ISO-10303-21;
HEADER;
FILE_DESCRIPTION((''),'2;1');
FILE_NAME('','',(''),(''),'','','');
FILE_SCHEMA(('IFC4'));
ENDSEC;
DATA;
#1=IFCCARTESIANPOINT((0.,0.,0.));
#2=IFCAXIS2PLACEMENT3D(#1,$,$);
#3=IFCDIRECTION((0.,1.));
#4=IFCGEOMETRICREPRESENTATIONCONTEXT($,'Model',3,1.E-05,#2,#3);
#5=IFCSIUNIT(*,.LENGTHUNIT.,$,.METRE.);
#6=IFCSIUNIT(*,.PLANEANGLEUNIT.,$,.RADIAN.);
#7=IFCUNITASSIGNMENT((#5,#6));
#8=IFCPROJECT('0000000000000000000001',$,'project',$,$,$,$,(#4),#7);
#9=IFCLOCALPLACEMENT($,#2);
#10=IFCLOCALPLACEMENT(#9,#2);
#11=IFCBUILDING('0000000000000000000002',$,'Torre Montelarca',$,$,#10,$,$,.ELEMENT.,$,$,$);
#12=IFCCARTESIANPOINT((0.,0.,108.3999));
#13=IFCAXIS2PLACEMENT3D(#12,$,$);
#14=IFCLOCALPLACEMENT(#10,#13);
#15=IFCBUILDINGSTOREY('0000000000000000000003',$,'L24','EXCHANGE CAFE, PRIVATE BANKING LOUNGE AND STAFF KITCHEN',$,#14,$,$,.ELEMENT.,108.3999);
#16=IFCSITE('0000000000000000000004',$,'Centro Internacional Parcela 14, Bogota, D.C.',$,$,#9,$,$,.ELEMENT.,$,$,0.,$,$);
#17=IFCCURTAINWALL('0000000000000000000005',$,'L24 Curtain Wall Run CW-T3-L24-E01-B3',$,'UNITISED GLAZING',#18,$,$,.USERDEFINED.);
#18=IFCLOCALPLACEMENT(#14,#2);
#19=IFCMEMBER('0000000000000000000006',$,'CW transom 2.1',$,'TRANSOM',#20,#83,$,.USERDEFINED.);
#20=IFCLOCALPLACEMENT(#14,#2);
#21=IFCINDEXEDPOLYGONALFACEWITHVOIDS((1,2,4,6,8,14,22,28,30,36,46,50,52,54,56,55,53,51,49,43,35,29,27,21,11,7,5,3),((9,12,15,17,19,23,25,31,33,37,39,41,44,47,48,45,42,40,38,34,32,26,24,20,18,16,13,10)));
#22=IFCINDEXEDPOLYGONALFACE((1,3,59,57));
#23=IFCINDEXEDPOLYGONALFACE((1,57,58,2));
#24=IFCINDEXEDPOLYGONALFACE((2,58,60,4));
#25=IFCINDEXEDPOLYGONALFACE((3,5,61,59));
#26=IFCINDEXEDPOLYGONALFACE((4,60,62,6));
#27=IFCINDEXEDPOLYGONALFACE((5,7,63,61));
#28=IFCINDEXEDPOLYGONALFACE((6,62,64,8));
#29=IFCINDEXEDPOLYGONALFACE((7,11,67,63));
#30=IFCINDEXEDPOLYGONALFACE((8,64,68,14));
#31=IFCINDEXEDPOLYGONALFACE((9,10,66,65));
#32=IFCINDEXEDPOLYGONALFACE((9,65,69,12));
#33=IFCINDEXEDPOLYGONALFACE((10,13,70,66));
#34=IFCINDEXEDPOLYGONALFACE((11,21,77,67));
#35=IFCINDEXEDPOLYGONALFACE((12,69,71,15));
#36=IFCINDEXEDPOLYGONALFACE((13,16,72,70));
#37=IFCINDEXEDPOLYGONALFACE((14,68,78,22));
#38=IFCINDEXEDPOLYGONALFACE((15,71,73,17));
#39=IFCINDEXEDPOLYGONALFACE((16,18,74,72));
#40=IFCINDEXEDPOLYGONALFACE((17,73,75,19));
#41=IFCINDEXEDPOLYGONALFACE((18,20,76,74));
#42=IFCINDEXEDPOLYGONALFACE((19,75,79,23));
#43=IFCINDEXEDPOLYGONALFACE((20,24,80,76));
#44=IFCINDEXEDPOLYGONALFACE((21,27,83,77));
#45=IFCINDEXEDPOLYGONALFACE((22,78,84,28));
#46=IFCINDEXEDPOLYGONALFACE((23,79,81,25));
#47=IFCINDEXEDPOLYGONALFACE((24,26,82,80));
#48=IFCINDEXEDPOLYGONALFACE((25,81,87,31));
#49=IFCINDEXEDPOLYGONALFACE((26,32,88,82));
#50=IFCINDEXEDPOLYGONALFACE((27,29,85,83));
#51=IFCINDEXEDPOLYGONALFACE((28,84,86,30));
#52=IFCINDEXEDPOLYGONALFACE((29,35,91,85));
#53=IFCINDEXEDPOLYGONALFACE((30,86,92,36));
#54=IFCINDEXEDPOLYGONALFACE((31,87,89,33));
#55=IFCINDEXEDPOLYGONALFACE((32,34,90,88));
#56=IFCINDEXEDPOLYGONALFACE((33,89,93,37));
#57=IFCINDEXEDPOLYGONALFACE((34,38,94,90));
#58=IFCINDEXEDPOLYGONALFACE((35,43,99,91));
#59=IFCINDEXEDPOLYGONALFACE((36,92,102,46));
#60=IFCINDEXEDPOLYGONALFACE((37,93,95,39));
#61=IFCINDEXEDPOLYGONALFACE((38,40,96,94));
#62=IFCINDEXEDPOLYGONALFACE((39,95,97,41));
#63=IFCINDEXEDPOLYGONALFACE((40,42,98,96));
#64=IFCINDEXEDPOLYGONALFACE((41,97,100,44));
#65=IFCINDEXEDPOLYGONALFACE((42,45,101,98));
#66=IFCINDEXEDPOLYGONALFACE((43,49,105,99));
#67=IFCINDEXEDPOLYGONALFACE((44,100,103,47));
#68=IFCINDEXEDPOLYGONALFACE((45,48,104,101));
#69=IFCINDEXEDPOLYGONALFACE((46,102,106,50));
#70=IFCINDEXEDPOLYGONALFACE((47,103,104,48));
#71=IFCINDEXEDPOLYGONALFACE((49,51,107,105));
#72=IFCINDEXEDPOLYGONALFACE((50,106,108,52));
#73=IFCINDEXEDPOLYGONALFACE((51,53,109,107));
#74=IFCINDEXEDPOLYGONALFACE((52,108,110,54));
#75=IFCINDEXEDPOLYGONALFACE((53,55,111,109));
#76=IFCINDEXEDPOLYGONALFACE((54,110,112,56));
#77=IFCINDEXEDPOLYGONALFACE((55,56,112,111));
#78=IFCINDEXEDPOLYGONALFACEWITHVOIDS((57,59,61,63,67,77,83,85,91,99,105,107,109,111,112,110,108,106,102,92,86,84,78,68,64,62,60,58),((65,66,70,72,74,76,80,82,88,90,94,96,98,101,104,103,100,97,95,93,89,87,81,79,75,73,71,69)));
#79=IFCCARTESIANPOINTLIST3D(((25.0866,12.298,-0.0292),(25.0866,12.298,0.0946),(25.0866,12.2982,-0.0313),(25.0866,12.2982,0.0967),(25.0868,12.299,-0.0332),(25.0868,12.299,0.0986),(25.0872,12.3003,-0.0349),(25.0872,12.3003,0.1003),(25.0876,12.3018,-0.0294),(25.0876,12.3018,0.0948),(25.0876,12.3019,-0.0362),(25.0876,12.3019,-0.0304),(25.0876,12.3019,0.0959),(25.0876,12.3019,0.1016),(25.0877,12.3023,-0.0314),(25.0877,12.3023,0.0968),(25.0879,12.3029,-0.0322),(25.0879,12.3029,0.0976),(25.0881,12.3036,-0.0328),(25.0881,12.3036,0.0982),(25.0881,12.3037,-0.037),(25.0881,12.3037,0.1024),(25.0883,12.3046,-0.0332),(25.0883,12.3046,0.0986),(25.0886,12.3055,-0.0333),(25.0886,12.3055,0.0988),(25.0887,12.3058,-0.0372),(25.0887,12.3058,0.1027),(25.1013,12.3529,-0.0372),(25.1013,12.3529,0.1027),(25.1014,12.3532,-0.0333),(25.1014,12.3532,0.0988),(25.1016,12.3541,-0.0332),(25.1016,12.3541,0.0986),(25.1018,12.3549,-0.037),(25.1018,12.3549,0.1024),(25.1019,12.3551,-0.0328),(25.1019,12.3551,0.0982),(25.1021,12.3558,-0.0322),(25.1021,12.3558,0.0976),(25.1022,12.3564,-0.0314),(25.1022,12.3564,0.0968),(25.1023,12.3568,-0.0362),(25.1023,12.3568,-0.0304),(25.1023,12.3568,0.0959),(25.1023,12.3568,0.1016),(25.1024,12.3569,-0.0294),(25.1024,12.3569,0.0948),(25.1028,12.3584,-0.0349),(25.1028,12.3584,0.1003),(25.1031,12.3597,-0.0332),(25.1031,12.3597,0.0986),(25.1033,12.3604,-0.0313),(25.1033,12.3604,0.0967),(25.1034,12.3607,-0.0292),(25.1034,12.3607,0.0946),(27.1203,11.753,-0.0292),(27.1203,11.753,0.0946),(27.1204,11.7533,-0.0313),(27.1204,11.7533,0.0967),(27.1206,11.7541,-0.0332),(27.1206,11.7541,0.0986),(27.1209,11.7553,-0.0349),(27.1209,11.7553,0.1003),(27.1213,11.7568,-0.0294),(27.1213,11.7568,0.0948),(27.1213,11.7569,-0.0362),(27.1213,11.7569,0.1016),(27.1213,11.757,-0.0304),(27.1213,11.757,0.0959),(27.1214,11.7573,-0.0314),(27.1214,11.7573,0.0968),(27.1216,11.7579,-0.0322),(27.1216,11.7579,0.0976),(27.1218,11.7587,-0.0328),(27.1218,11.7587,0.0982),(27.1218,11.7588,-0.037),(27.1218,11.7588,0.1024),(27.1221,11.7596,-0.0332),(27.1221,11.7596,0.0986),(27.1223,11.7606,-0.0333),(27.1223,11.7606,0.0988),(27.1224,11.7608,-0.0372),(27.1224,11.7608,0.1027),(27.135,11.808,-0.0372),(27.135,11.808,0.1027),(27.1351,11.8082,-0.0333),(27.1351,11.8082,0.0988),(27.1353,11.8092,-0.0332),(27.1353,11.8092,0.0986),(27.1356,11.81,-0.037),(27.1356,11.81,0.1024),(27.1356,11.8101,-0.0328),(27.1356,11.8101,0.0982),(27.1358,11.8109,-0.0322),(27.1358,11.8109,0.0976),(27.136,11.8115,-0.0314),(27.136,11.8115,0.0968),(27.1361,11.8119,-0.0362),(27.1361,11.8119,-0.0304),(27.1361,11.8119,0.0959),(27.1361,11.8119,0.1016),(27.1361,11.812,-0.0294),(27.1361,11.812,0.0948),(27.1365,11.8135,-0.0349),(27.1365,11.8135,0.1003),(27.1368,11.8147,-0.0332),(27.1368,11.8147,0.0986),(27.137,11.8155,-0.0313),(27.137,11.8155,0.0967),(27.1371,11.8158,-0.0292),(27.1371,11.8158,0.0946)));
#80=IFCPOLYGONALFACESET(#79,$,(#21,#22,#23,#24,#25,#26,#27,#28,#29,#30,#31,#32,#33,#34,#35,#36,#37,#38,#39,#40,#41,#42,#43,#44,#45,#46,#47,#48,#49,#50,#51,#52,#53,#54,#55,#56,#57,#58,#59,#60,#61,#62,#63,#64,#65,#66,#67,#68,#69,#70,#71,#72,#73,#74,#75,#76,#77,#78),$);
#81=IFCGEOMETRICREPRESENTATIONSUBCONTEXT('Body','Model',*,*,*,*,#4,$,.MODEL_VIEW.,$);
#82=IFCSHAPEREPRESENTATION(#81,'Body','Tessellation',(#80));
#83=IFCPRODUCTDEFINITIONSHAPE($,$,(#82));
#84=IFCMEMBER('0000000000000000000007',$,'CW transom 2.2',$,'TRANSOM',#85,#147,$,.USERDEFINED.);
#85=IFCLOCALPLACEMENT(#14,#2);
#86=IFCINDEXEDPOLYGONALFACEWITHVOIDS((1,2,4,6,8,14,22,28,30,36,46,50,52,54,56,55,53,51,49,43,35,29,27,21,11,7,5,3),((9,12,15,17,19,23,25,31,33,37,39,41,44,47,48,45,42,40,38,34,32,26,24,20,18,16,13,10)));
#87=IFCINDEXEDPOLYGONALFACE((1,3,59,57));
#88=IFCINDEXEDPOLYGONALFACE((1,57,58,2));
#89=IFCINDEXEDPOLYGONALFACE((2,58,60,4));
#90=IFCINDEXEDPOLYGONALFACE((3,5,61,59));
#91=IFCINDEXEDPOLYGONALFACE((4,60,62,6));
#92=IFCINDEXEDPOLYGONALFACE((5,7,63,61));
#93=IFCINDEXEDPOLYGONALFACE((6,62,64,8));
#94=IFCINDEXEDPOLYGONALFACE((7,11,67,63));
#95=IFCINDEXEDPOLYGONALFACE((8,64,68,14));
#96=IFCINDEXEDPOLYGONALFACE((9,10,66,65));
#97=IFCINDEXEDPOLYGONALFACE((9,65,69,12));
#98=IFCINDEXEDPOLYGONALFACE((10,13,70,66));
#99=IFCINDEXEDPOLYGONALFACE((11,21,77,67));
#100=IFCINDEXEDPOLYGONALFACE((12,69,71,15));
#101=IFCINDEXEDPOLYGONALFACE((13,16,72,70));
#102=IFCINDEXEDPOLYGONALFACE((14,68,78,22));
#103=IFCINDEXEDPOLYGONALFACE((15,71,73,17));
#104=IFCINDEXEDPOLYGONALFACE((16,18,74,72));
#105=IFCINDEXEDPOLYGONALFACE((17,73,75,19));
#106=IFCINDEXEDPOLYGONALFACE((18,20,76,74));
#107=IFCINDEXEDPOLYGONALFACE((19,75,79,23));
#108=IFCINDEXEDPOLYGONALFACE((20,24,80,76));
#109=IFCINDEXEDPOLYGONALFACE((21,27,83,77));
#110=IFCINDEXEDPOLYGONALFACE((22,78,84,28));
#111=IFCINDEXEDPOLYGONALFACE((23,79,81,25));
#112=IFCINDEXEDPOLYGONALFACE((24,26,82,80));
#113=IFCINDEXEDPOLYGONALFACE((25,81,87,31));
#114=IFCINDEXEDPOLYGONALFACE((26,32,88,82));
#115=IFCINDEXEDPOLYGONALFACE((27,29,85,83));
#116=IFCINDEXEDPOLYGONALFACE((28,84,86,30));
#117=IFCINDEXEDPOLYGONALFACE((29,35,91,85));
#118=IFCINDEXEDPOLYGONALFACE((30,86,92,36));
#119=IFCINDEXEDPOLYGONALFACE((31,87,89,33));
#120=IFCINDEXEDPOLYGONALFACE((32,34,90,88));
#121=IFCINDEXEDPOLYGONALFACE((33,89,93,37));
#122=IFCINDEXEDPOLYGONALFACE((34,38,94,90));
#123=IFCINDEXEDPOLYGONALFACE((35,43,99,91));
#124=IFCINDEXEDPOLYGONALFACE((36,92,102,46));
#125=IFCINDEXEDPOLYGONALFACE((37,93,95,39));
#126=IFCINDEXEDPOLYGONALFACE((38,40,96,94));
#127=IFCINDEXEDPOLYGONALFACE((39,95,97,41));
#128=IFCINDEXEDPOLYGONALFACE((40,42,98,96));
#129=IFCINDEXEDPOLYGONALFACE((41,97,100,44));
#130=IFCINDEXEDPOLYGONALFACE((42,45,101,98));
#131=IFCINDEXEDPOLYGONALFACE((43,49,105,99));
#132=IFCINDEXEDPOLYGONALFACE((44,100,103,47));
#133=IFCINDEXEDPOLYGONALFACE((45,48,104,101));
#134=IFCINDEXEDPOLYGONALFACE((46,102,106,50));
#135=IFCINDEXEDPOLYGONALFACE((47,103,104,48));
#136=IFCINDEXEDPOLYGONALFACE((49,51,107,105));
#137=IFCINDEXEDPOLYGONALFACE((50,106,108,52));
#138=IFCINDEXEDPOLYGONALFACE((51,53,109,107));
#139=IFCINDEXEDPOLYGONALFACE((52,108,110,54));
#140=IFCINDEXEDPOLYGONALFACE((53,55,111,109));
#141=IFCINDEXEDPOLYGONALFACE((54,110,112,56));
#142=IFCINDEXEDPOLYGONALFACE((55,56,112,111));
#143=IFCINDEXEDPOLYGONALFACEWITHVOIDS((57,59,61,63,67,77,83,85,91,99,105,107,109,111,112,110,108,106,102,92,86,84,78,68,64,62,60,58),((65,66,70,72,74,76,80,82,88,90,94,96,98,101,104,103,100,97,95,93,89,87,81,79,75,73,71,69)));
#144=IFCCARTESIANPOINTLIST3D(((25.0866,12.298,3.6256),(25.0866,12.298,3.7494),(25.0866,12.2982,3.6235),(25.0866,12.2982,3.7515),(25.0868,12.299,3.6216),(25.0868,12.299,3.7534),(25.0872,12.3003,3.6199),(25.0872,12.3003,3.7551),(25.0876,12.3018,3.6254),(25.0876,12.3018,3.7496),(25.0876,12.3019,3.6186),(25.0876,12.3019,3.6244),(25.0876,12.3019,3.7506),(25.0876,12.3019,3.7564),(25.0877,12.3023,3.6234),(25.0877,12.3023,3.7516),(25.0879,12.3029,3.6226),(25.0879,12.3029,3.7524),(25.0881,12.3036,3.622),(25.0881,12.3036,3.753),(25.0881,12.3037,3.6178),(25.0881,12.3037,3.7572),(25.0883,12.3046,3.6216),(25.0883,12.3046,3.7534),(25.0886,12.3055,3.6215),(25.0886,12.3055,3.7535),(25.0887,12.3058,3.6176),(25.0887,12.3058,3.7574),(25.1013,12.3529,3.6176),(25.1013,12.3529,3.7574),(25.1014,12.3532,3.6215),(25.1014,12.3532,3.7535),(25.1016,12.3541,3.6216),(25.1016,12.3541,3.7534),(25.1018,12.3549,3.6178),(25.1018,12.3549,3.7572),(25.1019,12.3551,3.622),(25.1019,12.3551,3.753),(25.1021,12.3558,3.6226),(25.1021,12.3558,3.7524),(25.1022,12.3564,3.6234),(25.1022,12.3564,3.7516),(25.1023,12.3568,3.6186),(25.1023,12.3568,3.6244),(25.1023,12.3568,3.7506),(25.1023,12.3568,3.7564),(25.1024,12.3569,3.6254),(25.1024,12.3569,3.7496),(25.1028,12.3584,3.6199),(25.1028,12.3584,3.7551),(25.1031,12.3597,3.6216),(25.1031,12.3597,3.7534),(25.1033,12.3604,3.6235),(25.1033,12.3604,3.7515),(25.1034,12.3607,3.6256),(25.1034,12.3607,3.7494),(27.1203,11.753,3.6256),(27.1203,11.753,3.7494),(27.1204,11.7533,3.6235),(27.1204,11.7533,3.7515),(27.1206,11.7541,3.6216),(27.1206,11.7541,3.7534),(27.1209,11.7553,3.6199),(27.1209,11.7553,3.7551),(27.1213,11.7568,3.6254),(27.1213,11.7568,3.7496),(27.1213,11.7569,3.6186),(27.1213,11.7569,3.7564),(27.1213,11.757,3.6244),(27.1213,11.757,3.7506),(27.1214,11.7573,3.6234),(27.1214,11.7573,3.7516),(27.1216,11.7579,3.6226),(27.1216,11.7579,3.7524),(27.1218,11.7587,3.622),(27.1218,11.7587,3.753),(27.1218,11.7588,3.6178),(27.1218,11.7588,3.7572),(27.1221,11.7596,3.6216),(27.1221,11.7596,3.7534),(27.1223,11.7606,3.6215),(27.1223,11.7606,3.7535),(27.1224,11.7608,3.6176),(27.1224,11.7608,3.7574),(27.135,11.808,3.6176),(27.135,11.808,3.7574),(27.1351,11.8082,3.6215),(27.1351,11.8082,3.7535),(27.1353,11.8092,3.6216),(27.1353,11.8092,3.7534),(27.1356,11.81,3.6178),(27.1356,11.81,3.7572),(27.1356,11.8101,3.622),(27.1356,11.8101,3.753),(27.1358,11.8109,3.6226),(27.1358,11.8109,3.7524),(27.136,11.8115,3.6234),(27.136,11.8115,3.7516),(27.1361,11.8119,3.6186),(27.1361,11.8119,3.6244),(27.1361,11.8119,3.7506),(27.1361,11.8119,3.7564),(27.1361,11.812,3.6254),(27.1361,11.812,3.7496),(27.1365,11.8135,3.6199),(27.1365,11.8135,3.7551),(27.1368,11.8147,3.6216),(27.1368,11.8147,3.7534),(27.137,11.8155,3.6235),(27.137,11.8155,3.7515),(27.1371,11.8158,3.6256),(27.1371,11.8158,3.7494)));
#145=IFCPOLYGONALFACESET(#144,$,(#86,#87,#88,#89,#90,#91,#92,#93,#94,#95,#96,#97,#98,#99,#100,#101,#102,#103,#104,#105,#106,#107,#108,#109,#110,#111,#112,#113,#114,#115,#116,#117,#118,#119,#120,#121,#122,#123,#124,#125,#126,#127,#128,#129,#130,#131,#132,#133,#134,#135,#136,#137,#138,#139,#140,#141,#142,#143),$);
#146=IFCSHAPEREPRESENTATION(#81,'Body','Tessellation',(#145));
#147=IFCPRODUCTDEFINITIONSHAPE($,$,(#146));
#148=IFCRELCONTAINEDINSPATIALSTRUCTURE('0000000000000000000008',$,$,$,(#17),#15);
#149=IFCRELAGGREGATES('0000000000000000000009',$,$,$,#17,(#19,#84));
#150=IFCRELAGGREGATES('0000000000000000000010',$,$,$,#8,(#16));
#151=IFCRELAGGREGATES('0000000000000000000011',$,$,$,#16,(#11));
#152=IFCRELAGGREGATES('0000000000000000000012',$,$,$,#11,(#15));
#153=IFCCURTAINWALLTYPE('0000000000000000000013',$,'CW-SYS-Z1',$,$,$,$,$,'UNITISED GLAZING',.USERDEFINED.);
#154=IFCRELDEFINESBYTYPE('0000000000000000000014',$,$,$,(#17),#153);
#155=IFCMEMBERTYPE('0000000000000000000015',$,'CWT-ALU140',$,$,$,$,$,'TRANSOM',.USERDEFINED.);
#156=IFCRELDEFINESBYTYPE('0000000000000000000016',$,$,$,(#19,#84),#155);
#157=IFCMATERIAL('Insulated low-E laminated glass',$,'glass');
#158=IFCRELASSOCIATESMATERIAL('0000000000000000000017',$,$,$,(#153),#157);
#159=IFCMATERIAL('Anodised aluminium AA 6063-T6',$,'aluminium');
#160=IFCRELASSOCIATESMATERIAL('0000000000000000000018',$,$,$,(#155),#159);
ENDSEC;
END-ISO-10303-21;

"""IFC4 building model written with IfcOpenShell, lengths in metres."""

from ifc_helpers import new_model, si_unit, direction, frame, origin, origin_2d, place, context, subcontext, project, spatial, hollow_rectangle, extrude, source, transform, mapped, material, material_profile, profile_set, type_object, element, aggregate, save


model = new_model("IFC4")

# Units and contexts
model_context = context("Model", 3, precision=1e-05, world=origin(), true_north=direction((0.0, 1.0)))
body_context = subcontext(model_context, "Body", "Model", "MODEL_VIEW")
ifc_project = project(units=[si_unit("LENGTHUNIT", "METRE"), si_unit("PLANEANGLEUNIT", "RADIAN")], contexts=[model_context])

# Site, building, storey
site_placement = place(None, origin())
site = spatial("IfcSite", under=ifc_project, at=site_placement, Name="Centro Internacional Parcela 14, Bogota, D.C.", CompositionType="ELEMENT", RefElevation=0.0)
building_placement = place(site_placement, origin())
building = spatial("IfcBuilding", under=site, at=building_placement, Name="Torre Montelarca", CompositionType="ELEMENT")
storey_placement = place(building_placement, frame((0.0, 0.0, 108.3999)))
storey = spatial("IfcBuildingStorey", under=building, at=storey_placement, Name="L24", Description="EXCHANGE CAFE, PRIVATE BANKING LOUNGE AND STAFF KITCHEN", CompositionType="ELEMENT", Elevation=108.3999)

# Curtain wall, members
ifc_material_1 = material(Name="Insulated low-E laminated glass", Category="glass")
curtain_wall_type = type_object("IfcCurtainWallType", Name="CW-SYS-Z1", ElementType="UNITISED GLAZING", PredefinedType="USERDEFINED", material=ifc_material_1)
ifc_material_2 = material(Name="Anodised aluminium AA 6063-T6", Category="aluminium")
ifc_material_profile_1 = material_profile(ifc_material_2, hollow_rectangle(XDim=0.0649, YDim=0.1399, WallThickness=0.0039, InnerFilletRadius=0.0039, OuterFilletRadius=0.0081, at=origin_2d()), Name="ALU65X140X4", Category="aluminium")
ifc_profile_set_1 = profile_set([ifc_material_profile_1], Name="Anodised aluminium AA 6063-T6")
member_type_1 = type_object("IfcMemberType", Name="CWT-ALU140", ElementType="TRANSOM", PredefinedType="USERDEFINED", material=ifc_profile_set_1)
curtain_wall_1_placement = place(storey_placement, origin())
curtain_wall_1 = element("IfcCurtainWall", 1, at=curtain_wall_1_placement, inside=storey, type_object=curtain_wall_type, Name="L24 Curtain Wall Run CW-T3-L24-E01-B3", ObjectType="UNITISED GLAZING", PredefinedType="USERDEFINED")
shared_shape_1 = source(origin(), body_context, "Body", "SweptSolid", [
    extrude(hollow_rectangle(XDim=0.0649, YDim=0.1399, WallThickness=0.0039, InnerFilletRadius=0.0039, OuterFilletRadius=0.0081, at=origin_2d()), origin(), (0.0, 0.0, 1.0), 2.1055),
])
member_1_placement = place(storey_placement, frame((25.095, 12.3293, 0.0327), z_axis=(0.965926, -0.258817, 0.0), x_axis=(0.258817, 0.965926, 0.0)))
member_1 = element("IfcMember", 2, at=member_1_placement, type_object=member_type_1, Name="CW transom 2.1", ObjectType="TRANSOM", PredefinedType="USERDEFINED", context=body_context, shape_type="MappedRepresentation", body=[
    mapped(shared_shape_1, transform((0.0, 0.0, 0.0), scale=1.0)),
])
member_2_placement = place(storey_placement, frame((25.095, 12.3293, 3.6875), z_axis=(0.965926, -0.258817, 0.0), x_axis=(0.258817, 0.965926, 0.0)))
member_2 = element("IfcMember", 3, at=member_2_placement, type_object=member_type_1, Name="CW transom 2.2", ObjectType="TRANSOM", PredefinedType="USERDEFINED", context=body_context, shape_type="MappedRepresentation", body=[
    mapped(shared_shape_1, transform((0.0, 0.0, 0.0), scale=1.0)),
])

aggregate(curtain_wall_1, [member_1, member_2])

save(model, "model.ifc")
